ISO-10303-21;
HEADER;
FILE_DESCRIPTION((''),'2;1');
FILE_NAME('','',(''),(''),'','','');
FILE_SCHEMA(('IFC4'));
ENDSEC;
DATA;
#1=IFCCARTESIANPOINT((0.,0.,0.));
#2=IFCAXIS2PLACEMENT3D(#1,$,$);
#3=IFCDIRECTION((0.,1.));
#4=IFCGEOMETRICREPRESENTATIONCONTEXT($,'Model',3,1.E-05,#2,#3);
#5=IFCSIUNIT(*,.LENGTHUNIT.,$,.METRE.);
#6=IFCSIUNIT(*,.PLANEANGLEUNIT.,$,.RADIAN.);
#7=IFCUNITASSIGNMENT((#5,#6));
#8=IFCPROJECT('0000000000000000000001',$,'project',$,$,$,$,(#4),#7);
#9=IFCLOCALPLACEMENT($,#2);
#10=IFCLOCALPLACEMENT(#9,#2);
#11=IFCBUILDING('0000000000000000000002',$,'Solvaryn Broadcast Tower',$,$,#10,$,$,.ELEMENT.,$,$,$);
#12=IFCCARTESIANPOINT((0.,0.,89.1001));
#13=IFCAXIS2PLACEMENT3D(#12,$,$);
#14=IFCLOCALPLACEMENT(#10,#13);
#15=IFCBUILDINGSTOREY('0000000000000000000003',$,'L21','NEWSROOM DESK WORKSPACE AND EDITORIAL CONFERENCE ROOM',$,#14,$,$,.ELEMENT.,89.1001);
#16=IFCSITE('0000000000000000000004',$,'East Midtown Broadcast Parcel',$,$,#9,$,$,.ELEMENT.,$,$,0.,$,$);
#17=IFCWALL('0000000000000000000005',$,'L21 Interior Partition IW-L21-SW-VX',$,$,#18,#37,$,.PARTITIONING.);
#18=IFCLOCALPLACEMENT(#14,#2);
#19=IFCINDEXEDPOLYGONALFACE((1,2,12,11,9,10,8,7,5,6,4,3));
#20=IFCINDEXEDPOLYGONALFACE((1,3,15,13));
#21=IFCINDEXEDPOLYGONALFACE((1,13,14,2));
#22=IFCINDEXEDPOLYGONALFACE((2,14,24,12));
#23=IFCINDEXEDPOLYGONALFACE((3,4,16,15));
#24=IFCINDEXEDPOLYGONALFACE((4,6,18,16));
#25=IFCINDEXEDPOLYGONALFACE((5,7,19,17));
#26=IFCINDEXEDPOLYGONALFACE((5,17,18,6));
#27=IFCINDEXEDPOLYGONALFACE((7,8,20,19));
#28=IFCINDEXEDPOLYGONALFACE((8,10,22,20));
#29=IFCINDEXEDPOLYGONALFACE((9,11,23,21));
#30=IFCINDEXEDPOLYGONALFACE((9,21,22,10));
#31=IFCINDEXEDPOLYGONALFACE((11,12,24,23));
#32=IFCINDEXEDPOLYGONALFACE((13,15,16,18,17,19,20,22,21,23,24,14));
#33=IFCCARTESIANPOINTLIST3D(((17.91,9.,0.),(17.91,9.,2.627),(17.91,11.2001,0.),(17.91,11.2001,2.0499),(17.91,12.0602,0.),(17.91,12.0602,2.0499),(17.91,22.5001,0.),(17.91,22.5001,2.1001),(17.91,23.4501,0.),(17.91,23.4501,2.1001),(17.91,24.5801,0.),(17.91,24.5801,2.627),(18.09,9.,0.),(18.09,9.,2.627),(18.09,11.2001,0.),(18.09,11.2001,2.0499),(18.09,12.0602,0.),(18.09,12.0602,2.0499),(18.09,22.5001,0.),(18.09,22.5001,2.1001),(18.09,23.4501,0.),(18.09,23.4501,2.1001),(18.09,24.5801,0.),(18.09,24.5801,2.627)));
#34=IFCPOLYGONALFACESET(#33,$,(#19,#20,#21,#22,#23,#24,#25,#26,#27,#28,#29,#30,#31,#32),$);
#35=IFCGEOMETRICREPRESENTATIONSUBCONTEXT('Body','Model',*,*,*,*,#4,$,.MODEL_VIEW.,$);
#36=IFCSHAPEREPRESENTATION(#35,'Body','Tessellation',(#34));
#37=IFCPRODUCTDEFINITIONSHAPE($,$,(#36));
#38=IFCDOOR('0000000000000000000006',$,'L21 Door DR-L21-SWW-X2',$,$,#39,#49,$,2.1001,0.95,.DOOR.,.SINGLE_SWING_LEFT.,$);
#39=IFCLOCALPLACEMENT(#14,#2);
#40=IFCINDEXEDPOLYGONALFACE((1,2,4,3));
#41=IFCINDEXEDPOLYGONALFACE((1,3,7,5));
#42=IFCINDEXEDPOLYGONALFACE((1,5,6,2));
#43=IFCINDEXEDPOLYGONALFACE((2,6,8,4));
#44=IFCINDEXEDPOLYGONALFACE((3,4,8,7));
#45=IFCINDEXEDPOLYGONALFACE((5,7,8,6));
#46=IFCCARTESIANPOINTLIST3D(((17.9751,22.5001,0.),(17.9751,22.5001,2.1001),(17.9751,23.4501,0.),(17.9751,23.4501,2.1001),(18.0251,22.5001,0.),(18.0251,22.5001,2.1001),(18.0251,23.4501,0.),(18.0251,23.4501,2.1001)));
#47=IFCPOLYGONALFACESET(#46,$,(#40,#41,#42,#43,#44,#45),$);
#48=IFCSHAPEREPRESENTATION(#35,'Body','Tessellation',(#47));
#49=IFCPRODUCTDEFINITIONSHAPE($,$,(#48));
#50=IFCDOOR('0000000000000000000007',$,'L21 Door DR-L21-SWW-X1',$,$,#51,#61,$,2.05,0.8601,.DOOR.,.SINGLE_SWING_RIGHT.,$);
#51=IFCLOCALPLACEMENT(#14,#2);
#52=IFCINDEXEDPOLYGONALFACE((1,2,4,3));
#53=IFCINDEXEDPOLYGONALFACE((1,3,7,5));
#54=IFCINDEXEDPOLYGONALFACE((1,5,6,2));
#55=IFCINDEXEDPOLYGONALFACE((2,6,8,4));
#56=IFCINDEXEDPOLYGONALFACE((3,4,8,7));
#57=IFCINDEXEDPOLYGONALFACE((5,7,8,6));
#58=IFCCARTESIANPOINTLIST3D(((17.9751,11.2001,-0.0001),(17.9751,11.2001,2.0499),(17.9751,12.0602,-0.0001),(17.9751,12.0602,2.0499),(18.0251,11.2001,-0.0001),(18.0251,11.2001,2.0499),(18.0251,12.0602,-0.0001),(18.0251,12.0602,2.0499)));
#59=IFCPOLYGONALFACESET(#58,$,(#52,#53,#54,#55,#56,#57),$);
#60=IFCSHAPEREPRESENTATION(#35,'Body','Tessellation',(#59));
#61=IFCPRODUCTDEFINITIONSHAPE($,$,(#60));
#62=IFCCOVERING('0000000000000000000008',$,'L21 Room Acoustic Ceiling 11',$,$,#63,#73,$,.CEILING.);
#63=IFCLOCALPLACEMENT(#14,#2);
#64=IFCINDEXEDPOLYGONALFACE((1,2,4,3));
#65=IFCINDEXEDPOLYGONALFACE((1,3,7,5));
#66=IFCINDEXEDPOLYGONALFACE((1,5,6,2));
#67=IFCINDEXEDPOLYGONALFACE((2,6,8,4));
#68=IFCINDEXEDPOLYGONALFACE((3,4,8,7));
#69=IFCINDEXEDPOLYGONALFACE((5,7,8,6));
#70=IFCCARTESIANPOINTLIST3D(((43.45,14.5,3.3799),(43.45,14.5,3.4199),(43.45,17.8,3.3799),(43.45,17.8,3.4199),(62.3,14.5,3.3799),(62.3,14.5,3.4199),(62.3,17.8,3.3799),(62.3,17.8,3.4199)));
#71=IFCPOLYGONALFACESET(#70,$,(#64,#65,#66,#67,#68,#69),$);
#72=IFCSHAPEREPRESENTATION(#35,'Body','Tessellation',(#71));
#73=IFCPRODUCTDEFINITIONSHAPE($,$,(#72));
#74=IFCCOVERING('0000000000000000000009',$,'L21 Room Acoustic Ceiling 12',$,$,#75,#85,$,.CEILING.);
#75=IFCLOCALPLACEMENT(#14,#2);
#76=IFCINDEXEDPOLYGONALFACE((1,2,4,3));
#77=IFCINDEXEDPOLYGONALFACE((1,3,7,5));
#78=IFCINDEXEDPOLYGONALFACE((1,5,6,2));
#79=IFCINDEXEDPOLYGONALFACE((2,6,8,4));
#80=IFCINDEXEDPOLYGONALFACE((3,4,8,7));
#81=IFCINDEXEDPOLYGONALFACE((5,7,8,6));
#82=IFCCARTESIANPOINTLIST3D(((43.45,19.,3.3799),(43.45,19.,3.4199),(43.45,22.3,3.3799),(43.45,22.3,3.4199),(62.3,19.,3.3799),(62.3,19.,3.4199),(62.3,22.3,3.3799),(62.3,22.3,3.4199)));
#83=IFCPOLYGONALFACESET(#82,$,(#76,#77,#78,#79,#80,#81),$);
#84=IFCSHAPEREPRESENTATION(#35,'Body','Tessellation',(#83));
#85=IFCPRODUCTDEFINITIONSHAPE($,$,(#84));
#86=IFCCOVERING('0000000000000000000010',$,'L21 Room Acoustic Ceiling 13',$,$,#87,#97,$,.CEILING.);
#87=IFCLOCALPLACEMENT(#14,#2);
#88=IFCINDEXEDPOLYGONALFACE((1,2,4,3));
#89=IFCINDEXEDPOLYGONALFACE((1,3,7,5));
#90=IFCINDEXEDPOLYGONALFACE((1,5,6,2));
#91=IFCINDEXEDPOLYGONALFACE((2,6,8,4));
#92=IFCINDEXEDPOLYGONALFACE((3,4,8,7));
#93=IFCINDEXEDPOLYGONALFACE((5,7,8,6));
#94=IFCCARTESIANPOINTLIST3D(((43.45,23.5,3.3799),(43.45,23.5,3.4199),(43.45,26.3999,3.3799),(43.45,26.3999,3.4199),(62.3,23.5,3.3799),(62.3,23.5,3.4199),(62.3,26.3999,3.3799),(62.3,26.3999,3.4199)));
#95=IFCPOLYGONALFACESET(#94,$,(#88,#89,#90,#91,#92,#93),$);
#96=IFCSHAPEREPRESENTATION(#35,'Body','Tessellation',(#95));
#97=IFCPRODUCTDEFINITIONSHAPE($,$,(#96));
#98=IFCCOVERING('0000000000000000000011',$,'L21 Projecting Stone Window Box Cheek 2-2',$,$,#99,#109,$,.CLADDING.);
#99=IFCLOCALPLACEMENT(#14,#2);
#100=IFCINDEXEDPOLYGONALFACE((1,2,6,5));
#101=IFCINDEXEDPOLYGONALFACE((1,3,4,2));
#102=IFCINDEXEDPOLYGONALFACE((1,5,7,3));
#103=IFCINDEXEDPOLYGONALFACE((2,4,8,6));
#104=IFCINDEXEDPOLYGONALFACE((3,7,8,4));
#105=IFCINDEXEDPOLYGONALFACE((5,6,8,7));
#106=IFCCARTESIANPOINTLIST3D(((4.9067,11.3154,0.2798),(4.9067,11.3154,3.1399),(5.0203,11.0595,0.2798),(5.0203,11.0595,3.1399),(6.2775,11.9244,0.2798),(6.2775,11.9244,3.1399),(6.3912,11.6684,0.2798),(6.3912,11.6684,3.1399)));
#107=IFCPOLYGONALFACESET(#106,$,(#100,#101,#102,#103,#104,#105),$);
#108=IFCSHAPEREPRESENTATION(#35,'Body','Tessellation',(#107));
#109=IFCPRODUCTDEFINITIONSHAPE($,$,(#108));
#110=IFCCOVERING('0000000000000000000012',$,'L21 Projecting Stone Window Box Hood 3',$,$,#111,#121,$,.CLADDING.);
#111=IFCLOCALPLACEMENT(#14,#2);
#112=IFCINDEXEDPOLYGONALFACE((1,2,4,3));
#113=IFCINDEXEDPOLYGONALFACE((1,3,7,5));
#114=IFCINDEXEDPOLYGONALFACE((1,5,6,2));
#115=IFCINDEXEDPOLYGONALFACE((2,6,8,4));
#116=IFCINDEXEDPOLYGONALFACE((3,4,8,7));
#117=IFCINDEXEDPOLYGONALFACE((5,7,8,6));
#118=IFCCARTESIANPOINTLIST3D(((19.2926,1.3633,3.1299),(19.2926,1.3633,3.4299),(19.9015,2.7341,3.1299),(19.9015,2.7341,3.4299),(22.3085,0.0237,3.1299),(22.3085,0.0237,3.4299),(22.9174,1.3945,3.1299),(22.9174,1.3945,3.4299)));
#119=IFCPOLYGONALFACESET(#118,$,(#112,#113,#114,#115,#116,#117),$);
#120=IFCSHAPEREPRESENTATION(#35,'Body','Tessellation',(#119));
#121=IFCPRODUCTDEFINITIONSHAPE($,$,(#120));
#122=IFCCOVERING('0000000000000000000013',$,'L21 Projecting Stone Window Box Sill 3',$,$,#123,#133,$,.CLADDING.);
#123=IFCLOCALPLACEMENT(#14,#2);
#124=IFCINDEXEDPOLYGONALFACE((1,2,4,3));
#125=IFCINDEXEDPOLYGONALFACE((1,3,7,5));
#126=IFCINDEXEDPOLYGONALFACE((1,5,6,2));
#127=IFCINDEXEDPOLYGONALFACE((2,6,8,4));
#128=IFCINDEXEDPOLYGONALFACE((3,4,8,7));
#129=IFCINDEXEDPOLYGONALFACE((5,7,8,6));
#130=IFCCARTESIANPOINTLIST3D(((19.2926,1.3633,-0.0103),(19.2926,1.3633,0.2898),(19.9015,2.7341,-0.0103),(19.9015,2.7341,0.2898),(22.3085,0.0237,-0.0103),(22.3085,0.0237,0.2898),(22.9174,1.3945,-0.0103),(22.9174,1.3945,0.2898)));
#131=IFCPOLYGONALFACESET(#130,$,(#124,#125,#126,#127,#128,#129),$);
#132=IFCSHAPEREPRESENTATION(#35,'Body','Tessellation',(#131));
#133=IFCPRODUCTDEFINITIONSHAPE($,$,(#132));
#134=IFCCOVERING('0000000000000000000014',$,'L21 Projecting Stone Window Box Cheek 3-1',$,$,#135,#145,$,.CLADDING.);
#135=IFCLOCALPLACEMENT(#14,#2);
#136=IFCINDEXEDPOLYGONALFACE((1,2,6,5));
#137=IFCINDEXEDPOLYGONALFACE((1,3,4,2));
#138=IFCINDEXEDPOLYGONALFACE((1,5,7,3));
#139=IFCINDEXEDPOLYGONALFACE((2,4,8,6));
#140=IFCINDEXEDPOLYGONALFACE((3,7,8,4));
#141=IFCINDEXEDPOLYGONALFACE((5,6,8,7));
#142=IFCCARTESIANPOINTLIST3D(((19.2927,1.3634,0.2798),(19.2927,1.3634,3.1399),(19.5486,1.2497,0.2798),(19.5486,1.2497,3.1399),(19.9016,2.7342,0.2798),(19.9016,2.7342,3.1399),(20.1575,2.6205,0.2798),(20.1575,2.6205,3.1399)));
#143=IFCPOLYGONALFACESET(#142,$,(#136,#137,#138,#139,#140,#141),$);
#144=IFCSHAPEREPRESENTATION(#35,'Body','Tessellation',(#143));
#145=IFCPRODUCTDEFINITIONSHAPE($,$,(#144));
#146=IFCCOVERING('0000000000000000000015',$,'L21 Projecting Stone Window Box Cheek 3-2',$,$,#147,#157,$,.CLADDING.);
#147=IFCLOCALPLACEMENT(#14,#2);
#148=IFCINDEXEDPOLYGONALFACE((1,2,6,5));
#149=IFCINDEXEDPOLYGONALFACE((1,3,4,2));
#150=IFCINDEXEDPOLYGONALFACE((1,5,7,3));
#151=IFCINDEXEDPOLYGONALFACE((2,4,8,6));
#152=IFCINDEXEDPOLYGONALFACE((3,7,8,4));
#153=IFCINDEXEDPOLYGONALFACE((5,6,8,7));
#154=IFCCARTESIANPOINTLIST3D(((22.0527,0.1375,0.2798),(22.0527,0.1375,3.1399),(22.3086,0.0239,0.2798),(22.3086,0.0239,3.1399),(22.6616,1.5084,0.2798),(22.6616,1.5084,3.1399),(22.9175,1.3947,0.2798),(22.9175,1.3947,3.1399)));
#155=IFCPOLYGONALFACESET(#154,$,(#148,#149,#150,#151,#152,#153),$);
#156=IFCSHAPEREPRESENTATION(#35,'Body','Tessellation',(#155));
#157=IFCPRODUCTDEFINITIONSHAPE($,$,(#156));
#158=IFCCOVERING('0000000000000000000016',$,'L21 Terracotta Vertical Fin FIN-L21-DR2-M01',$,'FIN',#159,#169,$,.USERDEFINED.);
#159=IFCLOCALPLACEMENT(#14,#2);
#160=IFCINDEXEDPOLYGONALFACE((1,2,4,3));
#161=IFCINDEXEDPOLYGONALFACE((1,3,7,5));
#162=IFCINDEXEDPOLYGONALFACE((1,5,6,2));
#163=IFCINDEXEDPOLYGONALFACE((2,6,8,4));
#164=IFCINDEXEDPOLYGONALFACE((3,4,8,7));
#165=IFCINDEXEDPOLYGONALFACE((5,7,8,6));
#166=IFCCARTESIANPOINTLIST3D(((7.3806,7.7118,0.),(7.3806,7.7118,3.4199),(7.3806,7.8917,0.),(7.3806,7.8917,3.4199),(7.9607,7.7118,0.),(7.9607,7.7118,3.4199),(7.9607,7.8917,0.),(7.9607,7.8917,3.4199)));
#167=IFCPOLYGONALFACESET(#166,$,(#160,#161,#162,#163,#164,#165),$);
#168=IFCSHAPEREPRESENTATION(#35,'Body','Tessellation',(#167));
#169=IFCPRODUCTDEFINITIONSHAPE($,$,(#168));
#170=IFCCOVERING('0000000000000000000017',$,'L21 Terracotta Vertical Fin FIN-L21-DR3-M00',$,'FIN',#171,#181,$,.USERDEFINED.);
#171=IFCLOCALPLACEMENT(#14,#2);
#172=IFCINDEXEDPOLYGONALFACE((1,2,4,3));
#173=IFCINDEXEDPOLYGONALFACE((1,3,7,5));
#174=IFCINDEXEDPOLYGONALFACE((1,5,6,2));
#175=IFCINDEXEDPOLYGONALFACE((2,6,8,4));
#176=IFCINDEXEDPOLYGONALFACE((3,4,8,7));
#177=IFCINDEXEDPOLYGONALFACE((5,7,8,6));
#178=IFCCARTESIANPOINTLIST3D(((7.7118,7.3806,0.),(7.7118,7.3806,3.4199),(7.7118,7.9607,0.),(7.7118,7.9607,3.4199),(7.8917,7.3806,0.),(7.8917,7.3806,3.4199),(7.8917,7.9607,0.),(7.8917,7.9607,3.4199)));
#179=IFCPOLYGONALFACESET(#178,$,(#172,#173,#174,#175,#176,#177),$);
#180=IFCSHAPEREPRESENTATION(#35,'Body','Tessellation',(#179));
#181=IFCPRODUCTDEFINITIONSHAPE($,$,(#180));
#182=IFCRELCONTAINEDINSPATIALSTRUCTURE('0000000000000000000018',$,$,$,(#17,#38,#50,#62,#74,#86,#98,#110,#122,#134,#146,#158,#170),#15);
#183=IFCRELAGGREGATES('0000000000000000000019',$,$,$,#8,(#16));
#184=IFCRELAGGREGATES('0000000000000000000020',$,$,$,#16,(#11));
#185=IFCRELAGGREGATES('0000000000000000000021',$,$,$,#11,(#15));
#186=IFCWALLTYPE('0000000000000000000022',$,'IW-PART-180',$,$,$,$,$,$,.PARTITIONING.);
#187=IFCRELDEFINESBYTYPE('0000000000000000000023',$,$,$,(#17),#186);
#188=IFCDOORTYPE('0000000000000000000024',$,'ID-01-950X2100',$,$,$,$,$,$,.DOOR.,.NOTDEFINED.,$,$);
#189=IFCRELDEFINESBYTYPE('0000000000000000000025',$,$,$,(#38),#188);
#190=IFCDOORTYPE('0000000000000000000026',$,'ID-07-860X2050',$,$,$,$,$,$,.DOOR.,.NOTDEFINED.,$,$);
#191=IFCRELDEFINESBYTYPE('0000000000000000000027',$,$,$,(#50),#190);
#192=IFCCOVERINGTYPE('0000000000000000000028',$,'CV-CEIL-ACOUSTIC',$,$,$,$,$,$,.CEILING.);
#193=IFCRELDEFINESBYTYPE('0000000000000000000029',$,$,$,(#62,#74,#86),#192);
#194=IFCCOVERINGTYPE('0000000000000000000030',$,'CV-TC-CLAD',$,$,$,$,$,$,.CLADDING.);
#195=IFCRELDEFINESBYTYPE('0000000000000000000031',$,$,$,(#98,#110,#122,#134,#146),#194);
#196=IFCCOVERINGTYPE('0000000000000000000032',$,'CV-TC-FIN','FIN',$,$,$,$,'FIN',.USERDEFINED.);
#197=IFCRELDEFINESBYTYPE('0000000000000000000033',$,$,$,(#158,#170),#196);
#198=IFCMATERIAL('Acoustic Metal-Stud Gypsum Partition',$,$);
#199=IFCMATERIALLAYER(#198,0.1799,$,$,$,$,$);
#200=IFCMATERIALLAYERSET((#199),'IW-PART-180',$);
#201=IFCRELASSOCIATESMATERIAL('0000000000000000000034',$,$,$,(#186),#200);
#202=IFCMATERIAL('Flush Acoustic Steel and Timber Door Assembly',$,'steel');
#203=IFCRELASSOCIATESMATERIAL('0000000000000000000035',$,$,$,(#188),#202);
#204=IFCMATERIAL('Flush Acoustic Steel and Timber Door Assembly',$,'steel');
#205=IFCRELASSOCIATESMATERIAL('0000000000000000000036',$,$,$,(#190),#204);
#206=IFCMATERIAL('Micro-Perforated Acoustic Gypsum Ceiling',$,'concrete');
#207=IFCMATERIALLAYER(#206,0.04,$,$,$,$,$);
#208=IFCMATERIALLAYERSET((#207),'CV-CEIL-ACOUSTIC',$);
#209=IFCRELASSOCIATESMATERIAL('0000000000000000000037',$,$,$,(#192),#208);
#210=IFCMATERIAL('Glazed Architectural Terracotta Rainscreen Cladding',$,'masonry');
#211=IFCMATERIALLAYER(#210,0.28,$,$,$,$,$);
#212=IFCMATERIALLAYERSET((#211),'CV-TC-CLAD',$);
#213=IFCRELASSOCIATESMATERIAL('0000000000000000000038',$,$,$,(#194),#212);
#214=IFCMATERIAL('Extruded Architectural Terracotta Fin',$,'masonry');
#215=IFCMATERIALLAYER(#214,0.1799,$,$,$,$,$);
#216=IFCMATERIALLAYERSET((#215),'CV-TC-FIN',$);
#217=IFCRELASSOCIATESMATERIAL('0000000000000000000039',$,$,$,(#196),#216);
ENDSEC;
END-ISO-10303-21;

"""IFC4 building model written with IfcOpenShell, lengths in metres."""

from ifc_helpers import new_model, si_unit, direction, frame, frame_2d, origin, origin_2d, place, context, subcontext, project, spatial, polyline, rectangle, outline, extrude, material, layer, layer_set, type_object, element, fill, save


model = new_model("IFC4")

# Units and contexts
model_context = context("Model", 3, precision=1e-05, world=origin(), true_north=direction((0.0, 1.0)))
body_context = subcontext(model_context, "Body", "Model", "MODEL_VIEW")
ifc_project = project(units=[si_unit("LENGTHUNIT", "METRE"), si_unit("PLANEANGLEUNIT", "RADIAN")], contexts=[model_context])

# Site, building, storey
site_placement = place(None, origin())
site = spatial("IfcSite", under=ifc_project, at=site_placement, Name="East Midtown Broadcast Parcel", CompositionType="ELEMENT", RefElevation=0.0)
building_placement = place(site_placement, origin())
building = spatial("IfcBuilding", under=site, at=building_placement, Name="Solvaryn Broadcast Tower", CompositionType="ELEMENT")
storey_placement = place(building_placement, frame((0.0, 0.0, 89.1001)))
storey = spatial("IfcBuildingStorey", under=building, at=storey_placement, Name="L21", Description="NEWSROOM DESK WORKSPACE AND EDITORIAL CONFERENCE ROOM", CompositionType="ELEMENT", Elevation=89.1001)

# Wall, openings, doors
ifc_material_1 = material(Name="Acoustic Metal-Stud Gypsum Partition")
ifc_layer_1 = layer(ifc_material_1, 0.1799)
ifc_layer_set_1 = layer_set([ifc_layer_1], Name="IW-PART-180")
wall_type_1 = type_object("IfcWallType", Name="IW-PART-180", PredefinedType="PARTITIONING", material=ifc_layer_set_1)
wall_1_placement = place(storey_placement, frame((18.0, 9.0, 0.0), z_axis=(0.0, 0.0, 1.0), x_axis=(0.0, 1.0, 0.0)))
wall_1 = element("IfcWall", 1, at=wall_1_placement, inside=storey, type_object=wall_type_1, Name="L21 Interior Partition IW-L21-SW-VX", PredefinedType="PARTITIONING", context=body_context, shape_type="SweptSolid", body=[
    extrude(rectangle(XDim=15.5801, YDim=0.1799, at=frame_2d((7.79, 0.0))), origin(), (0.0, 0.0, 1.0), 2.627),
])
opening_1_placement = place(wall_1_placement, frame((2.2, 0.0, 0.0)))
opening_1 = element("IfcOpeningElement", 2, at=opening_1_placement, cuts=wall_1, PredefinedType="OPENING", context=body_context, shape_type="SweptSolid", body=[
    extrude(rectangle(XDim=0.8601, YDim=2.05, at=frame_2d((0.4302, 1.0249))), frame((0.0, 0.0999, 0.0), z_axis=(0.0, -1.0, 0.0), x_axis=(1.0, 0.0, 0.0)), (0.0, 0.0, 1.0), 0.2),
])
opening_2_placement = place(wall_1_placement, frame((13.5, 0.0, 0.0)))
opening_2 = element("IfcOpeningElement", 3, at=opening_2_placement, cuts=wall_1, PredefinedType="OPENING", context=body_context, shape_type="SweptSolid", body=[
    extrude(rectangle(XDim=0.95, YDim=2.1001, at=frame_2d((0.4751, 1.05))), frame((0.0, 0.0999, 0.0), z_axis=(0.0, -1.0, 0.0), x_axis=(1.0, 0.0, 0.0)), (0.0, 0.0, 1.0), 0.2),
])
ifc_material_2 = material(Name="Flush Acoustic Steel and Timber Door Assembly", Category="steel")
door_type_1 = type_object("IfcDoorType", Name="ID-01-950X2100", OperationType="NOTDEFINED", PredefinedType="DOOR", material=ifc_material_2)
door_1_placement = place(opening_2_placement, origin())
door_1 = element("IfcDoor", 4, at=door_1_placement, inside=storey, type_object=door_type_1, Name="L21 Door DR-L21-SWW-X2", OperationType="SINGLE_SWING_LEFT", OverallHeight=2.1001, OverallWidth=0.95, PredefinedType="DOOR", context=body_context, shape_type="SweptSolid", body=[
    extrude(rectangle(XDim=0.95, YDim=2.1001, at=frame_2d((0.4751, 1.05))), frame((0.0, 0.0249, 0.0), z_axis=(0.0, -1.0, 0.0), x_axis=(1.0, 0.0, 0.0)), (0.0, 0.0, 1.0), 0.05),
])
fill(opening_2, door_1)
ifc_material_3 = material(Name="Flush Acoustic Steel and Timber Door Assembly", Category="steel")
door_type_2 = type_object("IfcDoorType", Name="ID-07-860X2050", OperationType="NOTDEFINED", PredefinedType="DOOR", material=ifc_material_3)
door_2_placement = place(opening_1_placement, origin())
door_2 = element("IfcDoor", 5, at=door_2_placement, inside=storey, type_object=door_type_2, Name="L21 Door DR-L21-SWW-X1", OperationType="SINGLE_SWING_RIGHT", OverallHeight=2.05, OverallWidth=0.8601, PredefinedType="DOOR", context=body_context, shape_type="SweptSolid", body=[
    extrude(rectangle(XDim=0.8601, YDim=2.05, at=frame_2d((0.4302, 1.0249))), frame((0.0, 0.0249, 0.0), z_axis=(0.0, -1.0, 0.0), x_axis=(1.0, 0.0, 0.0)), (0.0, 0.0, 1.0), 0.05),
])
fill(opening_1, door_2)

# Coverings
ifc_material_4 = material(Name="Micro-Perforated Acoustic Gypsum Ceiling", Category="concrete")
ifc_layer_2 = layer(ifc_material_4, 0.04)
ifc_layer_set_2 = layer_set([ifc_layer_2], Name="CV-CEIL-ACOUSTIC")
covering_type_1 = type_object("IfcCoveringType", Name="CV-CEIL-ACOUSTIC", PredefinedType="CEILING", material=ifc_layer_set_2)
covering_1_placement = place(storey_placement, frame((0.0, 0.0, 3.3799)))
element("IfcCovering", 6, at=covering_1_placement, inside=storey, type_object=covering_type_1, Name="L21 Room Acoustic Ceiling 11", PredefinedType="CEILING", context=body_context, shape_type="SweptSolid", body=[
    extrude(outline(polyline([(43.45, 14.5), (62.3, 14.5), (62.3, 17.8), (43.45, 17.8), (43.45, 14.5)])), origin(), (0.0, 0.0, 1.0), 0.04),
])
covering_2_placement = place(storey_placement, frame((0.0, 0.0, 3.3799)))
element("IfcCovering", 7, at=covering_2_placement, inside=storey, type_object=covering_type_1, Name="L21 Room Acoustic Ceiling 12", PredefinedType="CEILING", context=body_context, shape_type="SweptSolid", body=[
    extrude(outline(polyline([(43.45, 19.0), (62.3, 19.0), (62.3, 22.3), (43.45, 22.3), (43.45, 19.0)])), origin(), (0.0, 0.0, 1.0), 0.04),
])
covering_3_placement = place(storey_placement, frame((0.0, 0.0, 3.3799)))
element("IfcCovering", 8, at=covering_3_placement, inside=storey, type_object=covering_type_1, Name="L21 Room Acoustic Ceiling 13", PredefinedType="CEILING", context=body_context, shape_type="SweptSolid", body=[
    extrude(outline(polyline([(43.45, 23.5), (62.3, 23.5), (62.3, 26.3999), (43.45, 26.3999), (43.45, 23.5)])), origin(), (0.0, 0.0, 1.0), 0.04),
])
ifc_material_5 = material(Name="Glazed Architectural Terracotta Rainscreen Cladding", Category="masonry")
ifc_layer_3 = layer(ifc_material_5, 0.28)
ifc_layer_set_3 = layer_set([ifc_layer_3], Name="CV-TC-CLAD")
covering_type_2 = type_object("IfcCoveringType", Name="CV-TC-CLAD", PredefinedType="CLADDING", material=ifc_layer_set_3)
covering_4_placement = place(storey_placement, frame((5.6489, 11.4919, 0.2798), z_axis=(0.0, 0.0, 1.0), x_axis=(0.405939, -0.9139, 0.0)))
element("IfcCovering", 9, at=covering_4_placement, inside=storey, type_object=covering_type_2, Name="L21 Projecting Stone Window Box Cheek 2-2", PredefinedType="CLADDING", context=body_context, shape_type="SweptSolid", body=[
    extrude(rectangle(XDim=0.28, YDim=1.5, at=origin_2d()), origin(), (0.0, 0.0, 1.0), 2.8601),
])
for number, where, z_axis, x_axis, name in (
    (10, (21.105, 1.3789, 3.1299), (0.0, 0.0, 1.0), (0.9139, -0.405939, 0.0), "L21 Projecting Stone Window Box Hood 3"),
    (11, (21.105, 1.3789, -0.0103), (0.0, 0.0, 1.0), (0.9139, -0.405939, 0.0), "L21 Projecting Stone Window Box Sill 3"),
):
    element("IfcCovering", number, at=place(storey_placement, frame(where, z_axis=z_axis, x_axis=x_axis)), inside=storey, type_object=covering_type_2, Name=name, PredefinedType="CLADDING", context=body_context, shape_type="SweptSolid", body=[
        extrude(rectangle(XDim=3.3, YDim=1.5, at=origin_2d()), origin(), (0.0, 0.0, 1.0), 0.3),
    ])
for number, where, z_axis, x_axis, name in (
    (12, (19.7251, 1.9919, 0.2798), (0.0, 0.0, 1.0), (0.9139, -0.405939, 0.0), "L21 Projecting Stone Window Box Cheek 3-1"),
    (13, (22.4851, 0.7661, 0.2798), (0.0, 0.0, 1.0), (0.9139, -0.405939, 0.0), "L21 Projecting Stone Window Box Cheek 3-2"),
):
    element("IfcCovering", number, at=place(storey_placement, frame(where, z_axis=z_axis, x_axis=x_axis)), inside=storey, type_object=covering_type_2, Name=name, PredefinedType="CLADDING", context=body_context, shape_type="SweptSolid", body=[
        extrude(rectangle(XDim=0.28, YDim=1.5, at=origin_2d()), origin(), (0.0, 0.0, 1.0), 2.8601),
    ])
ifc_material_6 = material(Name="Extruded Architectural Terracotta Fin", Category="masonry")
ifc_layer_4 = layer(ifc_material_6, 0.1799)
ifc_layer_set_4 = layer_set([ifc_layer_4], Name="CV-TC-FIN")
covering_type_3 = type_object("IfcCoveringType", Name="CV-TC-FIN", Description="FIN", ElementType="FIN", PredefinedType="USERDEFINED", material=ifc_layer_set_4)
covering_5_placement = place(storey_placement, frame((7.6707, 7.8018, 0.0), z_axis=(0.0, 0.0, 1.0), x_axis=(1.0, 0.0, 0.0)))
element("IfcCovering", 14, at=covering_5_placement, inside=storey, type_object=covering_type_3, Name="L21 Terracotta Vertical Fin FIN-L21-DR2-M01", ObjectType="FIN", PredefinedType="USERDEFINED", context=body_context, shape_type="SweptSolid", body=[
    extrude(rectangle(XDim=0.5801, YDim=0.1799, at=origin_2d()), origin(), (0.0, 0.0, 1.0), 3.4199),
])
covering_6_placement = place(storey_placement, frame((7.8018, 7.6707, 0.0), z_axis=(0.0, 0.0, 1.0), x_axis=(1.0, 0.0, 0.0)))
element("IfcCovering", 15, at=covering_6_placement, inside=storey, type_object=covering_type_3, Name="L21 Terracotta Vertical Fin FIN-L21-DR3-M00", ObjectType="FIN", PredefinedType="USERDEFINED", context=body_context, shape_type="SweptSolid", body=[
    extrude(rectangle(XDim=0.1799, YDim=0.5801, at=origin_2d()), origin(), (0.0, 0.0, 1.0), 3.4199),
])

save(model, "model.ifc")
